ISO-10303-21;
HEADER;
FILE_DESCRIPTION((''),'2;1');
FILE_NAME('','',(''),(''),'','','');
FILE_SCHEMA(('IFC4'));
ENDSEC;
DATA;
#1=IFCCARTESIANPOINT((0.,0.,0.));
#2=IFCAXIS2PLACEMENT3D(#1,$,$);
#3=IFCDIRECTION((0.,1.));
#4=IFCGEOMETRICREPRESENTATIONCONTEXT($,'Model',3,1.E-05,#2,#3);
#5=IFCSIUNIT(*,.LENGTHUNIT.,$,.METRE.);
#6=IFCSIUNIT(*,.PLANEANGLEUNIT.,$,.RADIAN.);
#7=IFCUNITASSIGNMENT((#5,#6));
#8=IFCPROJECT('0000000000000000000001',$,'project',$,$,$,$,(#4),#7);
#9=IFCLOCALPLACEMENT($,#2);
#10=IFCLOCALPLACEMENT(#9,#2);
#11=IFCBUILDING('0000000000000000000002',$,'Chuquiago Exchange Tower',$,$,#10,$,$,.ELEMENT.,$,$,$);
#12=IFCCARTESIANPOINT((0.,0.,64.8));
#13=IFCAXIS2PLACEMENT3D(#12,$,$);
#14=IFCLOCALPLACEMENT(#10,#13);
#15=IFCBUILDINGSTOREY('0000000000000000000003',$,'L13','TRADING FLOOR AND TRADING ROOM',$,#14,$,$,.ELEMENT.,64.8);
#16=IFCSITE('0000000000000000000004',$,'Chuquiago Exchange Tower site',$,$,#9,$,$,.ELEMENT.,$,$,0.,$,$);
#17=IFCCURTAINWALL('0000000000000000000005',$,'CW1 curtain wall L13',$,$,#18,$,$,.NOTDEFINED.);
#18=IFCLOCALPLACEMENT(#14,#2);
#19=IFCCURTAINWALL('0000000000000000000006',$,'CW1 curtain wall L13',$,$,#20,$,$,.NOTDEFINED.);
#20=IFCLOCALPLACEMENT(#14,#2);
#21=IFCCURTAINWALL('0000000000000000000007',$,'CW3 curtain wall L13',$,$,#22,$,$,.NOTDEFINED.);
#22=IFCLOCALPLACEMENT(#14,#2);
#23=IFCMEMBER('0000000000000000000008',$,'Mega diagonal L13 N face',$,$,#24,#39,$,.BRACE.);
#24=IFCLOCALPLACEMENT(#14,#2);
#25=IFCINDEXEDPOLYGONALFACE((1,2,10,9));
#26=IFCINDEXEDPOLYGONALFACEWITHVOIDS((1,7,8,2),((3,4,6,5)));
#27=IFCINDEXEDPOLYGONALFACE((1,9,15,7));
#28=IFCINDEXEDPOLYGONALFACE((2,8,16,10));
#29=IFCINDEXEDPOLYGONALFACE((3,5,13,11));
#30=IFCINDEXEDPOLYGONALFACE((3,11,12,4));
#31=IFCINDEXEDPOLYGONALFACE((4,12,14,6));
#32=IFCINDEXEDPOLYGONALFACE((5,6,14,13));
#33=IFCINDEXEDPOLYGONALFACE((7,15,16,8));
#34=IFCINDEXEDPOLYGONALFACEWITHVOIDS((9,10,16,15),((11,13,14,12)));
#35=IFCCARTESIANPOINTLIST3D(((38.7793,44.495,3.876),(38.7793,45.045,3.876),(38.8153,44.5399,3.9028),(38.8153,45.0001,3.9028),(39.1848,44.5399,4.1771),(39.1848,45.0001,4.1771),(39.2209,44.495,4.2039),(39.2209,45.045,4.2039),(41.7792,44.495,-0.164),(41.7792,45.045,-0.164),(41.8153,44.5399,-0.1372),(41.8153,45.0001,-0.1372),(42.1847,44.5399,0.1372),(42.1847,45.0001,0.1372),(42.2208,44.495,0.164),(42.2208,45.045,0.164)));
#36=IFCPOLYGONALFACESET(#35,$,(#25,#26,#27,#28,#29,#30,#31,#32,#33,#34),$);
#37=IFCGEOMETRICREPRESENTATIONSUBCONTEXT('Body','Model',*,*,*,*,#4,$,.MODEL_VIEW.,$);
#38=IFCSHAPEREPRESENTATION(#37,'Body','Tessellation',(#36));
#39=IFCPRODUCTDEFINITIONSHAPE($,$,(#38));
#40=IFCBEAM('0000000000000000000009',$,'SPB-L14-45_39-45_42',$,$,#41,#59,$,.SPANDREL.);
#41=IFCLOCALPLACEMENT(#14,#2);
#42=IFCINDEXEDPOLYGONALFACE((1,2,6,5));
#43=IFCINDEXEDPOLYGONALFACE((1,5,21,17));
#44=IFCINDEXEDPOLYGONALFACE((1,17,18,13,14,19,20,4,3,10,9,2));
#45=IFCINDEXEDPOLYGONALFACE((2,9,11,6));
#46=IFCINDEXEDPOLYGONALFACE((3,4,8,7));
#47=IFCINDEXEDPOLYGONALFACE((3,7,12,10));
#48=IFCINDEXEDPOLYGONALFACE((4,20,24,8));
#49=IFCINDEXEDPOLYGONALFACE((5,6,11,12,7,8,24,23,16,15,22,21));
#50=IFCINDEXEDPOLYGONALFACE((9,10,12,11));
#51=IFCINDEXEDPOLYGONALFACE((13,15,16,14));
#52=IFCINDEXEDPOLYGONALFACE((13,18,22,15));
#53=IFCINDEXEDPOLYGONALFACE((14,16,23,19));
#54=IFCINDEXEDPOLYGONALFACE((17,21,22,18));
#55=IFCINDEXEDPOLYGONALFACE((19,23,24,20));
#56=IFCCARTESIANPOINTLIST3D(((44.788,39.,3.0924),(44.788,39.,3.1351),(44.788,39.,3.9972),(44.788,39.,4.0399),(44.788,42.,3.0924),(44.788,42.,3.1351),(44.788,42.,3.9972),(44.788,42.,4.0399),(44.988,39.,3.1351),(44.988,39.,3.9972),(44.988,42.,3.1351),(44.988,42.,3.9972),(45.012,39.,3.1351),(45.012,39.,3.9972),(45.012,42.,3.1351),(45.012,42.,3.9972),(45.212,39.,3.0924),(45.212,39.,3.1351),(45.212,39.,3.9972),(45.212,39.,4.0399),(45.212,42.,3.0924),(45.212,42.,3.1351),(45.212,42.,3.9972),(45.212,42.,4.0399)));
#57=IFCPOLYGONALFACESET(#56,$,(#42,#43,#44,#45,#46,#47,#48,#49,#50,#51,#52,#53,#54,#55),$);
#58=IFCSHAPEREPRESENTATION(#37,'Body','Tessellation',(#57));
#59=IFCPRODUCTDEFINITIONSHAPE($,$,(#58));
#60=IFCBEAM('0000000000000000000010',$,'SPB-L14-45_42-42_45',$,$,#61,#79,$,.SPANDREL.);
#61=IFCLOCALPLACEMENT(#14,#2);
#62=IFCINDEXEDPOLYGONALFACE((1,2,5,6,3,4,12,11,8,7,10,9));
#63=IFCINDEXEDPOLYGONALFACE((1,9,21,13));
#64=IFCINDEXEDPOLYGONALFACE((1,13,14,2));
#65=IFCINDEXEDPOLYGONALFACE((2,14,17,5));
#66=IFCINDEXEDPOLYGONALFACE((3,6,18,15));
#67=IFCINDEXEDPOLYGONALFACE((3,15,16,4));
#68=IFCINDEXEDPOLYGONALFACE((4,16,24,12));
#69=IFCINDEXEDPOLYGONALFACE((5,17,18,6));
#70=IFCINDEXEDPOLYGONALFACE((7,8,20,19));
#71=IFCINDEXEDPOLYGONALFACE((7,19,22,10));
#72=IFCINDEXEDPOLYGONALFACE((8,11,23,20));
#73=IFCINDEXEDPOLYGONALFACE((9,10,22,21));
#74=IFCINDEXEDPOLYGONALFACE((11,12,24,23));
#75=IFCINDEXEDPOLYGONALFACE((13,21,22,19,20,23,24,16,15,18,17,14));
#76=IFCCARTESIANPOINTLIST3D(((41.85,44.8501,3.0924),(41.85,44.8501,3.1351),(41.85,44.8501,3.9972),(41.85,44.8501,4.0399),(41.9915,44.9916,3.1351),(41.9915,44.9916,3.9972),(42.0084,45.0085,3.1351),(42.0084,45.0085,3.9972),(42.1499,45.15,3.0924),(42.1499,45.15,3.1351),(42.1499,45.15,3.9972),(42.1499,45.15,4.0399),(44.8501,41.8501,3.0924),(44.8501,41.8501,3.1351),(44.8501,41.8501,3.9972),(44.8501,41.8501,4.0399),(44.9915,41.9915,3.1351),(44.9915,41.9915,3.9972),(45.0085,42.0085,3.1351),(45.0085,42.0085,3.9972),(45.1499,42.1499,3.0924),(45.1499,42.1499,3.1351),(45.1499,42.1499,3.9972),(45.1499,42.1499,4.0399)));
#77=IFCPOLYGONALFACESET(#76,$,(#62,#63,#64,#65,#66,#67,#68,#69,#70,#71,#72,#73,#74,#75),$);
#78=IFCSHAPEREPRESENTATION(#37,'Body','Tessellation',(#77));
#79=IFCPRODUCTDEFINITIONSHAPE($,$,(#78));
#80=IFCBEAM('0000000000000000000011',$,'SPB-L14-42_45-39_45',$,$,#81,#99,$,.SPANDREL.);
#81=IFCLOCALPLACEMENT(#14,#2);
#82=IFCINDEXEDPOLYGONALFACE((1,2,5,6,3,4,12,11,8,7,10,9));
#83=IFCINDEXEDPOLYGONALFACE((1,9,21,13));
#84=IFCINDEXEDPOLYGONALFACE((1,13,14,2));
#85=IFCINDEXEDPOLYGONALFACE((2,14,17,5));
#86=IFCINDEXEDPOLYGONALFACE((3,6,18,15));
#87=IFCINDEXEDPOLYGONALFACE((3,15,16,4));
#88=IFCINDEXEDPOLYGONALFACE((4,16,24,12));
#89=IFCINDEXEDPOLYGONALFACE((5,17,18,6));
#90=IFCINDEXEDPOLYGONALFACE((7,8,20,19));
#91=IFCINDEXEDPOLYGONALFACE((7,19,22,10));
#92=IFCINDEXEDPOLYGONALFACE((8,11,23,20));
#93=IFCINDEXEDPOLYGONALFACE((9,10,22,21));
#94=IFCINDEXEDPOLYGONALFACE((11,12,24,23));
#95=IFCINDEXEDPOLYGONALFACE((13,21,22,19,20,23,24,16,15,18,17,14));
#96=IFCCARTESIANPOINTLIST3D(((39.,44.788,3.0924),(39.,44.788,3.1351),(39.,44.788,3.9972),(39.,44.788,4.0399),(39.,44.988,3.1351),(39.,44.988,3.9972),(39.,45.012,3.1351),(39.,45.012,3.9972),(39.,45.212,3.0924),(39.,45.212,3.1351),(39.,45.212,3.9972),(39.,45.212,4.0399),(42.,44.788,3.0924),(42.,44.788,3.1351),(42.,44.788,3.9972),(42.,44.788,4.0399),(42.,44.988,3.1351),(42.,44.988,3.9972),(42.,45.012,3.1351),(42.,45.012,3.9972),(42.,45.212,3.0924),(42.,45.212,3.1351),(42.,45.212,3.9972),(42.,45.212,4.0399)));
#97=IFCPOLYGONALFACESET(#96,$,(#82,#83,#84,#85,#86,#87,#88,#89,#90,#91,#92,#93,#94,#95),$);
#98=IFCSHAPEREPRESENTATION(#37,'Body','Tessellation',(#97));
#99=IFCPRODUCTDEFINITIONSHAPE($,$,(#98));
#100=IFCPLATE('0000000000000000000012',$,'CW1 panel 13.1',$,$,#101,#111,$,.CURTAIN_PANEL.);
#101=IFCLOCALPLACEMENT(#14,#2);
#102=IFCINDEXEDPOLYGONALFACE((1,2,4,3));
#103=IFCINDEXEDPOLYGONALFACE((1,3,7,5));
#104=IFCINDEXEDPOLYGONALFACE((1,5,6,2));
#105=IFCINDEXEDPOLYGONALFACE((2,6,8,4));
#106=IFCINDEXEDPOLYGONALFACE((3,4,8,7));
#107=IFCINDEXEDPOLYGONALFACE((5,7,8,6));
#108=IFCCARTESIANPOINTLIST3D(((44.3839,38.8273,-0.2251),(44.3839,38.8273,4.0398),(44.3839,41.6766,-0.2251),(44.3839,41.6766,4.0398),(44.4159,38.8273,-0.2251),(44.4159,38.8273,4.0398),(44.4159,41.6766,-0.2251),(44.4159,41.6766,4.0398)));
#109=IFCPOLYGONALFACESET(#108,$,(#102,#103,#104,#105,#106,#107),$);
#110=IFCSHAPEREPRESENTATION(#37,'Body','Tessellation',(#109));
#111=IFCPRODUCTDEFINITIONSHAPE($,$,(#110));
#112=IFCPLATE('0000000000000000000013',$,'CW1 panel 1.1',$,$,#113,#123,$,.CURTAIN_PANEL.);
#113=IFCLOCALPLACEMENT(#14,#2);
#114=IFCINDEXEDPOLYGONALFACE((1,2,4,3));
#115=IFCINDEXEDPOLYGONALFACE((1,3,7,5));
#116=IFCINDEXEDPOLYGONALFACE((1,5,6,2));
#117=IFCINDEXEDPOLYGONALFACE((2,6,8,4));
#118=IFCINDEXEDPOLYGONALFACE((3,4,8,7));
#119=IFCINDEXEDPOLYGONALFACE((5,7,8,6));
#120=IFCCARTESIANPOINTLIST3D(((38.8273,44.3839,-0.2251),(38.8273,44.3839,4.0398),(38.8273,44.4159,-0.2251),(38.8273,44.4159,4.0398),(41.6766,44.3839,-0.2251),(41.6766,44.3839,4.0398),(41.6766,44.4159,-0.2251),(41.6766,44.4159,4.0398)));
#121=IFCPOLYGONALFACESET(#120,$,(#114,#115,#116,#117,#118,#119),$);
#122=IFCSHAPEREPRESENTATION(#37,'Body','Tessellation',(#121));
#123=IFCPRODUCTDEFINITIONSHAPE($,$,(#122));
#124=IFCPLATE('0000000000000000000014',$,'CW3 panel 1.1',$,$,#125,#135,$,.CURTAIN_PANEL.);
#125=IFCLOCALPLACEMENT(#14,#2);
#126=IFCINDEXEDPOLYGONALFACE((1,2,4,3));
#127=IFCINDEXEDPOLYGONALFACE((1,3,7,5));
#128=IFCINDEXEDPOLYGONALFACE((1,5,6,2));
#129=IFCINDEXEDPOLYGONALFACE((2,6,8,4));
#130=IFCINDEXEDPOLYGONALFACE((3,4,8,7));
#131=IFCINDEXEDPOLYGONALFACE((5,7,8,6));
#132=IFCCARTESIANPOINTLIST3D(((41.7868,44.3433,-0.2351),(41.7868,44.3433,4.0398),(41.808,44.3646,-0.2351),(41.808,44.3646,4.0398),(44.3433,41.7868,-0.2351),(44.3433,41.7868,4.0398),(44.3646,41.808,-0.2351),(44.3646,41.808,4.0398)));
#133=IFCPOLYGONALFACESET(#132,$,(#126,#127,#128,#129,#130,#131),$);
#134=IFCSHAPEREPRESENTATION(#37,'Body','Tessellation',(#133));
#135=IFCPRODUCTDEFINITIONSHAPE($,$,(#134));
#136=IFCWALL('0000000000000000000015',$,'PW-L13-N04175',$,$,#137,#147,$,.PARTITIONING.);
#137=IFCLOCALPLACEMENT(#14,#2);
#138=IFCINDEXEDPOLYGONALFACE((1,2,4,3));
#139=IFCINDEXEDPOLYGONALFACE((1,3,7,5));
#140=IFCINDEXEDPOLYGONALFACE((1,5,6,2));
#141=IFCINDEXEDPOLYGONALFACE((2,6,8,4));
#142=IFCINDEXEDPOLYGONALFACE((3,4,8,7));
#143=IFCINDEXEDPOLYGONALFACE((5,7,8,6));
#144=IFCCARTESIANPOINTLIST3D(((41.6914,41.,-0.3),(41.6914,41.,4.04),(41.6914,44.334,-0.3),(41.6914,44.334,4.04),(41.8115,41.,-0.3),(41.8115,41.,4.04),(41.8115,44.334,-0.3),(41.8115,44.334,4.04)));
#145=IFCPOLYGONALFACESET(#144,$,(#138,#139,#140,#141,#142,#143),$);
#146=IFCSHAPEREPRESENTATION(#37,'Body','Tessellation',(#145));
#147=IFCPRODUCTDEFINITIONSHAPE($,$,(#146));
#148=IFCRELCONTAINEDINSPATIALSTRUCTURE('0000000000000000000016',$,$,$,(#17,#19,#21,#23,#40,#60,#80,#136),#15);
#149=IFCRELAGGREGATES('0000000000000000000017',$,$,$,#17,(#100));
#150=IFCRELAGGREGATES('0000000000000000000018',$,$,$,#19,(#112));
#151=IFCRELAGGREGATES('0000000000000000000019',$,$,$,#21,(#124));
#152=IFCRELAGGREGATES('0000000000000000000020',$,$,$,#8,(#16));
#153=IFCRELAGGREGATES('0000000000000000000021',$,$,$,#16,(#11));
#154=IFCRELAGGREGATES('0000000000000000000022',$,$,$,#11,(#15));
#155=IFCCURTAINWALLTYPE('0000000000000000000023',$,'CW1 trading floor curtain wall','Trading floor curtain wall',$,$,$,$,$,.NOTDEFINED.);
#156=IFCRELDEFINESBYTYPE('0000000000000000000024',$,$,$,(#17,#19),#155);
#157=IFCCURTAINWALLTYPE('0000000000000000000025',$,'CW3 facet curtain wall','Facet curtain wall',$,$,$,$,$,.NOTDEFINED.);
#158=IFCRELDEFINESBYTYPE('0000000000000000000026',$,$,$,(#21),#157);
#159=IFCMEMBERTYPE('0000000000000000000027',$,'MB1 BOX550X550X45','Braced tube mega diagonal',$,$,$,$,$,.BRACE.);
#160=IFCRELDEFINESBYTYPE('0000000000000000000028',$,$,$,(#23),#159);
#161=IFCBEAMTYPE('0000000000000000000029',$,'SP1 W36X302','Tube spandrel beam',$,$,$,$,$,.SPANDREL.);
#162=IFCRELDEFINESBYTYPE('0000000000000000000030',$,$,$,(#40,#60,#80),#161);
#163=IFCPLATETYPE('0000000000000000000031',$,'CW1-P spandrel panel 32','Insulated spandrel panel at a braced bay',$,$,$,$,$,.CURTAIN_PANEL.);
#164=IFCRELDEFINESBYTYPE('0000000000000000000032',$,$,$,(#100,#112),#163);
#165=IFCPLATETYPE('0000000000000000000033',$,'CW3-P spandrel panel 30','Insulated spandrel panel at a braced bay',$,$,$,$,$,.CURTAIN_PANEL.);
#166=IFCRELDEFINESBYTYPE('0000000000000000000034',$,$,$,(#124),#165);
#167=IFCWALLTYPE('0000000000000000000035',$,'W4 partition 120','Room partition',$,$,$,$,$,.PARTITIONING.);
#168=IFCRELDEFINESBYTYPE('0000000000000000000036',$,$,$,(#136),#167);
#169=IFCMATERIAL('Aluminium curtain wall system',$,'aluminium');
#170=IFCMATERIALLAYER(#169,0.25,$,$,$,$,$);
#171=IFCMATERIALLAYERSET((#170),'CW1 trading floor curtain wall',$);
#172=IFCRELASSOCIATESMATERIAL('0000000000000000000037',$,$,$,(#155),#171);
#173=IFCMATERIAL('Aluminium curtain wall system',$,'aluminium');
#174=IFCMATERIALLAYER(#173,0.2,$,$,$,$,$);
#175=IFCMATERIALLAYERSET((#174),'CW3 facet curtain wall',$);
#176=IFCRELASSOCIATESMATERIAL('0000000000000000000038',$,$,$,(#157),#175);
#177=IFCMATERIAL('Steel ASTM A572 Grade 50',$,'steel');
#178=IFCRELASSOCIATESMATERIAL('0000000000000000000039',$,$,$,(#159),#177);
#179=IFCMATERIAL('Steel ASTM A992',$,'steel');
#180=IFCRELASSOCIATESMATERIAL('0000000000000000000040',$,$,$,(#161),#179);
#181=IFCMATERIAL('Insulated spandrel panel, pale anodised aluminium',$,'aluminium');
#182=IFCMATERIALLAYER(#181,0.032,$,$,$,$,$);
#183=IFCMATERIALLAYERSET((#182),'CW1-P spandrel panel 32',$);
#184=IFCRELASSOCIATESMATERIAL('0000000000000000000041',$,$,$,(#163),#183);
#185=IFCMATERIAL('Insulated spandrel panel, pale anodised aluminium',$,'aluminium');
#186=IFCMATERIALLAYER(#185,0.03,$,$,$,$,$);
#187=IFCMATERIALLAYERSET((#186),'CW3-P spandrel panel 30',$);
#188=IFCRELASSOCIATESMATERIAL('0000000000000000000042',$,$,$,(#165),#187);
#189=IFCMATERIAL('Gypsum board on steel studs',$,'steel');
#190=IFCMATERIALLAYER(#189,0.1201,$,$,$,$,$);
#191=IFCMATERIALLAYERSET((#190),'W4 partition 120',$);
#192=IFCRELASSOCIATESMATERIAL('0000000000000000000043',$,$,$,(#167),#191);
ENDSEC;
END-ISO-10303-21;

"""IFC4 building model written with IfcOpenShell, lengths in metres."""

from ifc_helpers import new_model, si_unit, direction, frame, frame_2d, origin, origin_2d, place, context, subcontext, project, spatial, rectangle, hollow_rectangle, i_section, extrude, material, layer, layer_set, material_profile, profile_set, type_object, element, aggregate, save


model = new_model("IFC4")

# Units and contexts
model_context = context("Model", 3, precision=1e-05, world=origin(), true_north=direction((0.0, 1.0)))
body_context = subcontext(model_context, "Body", "Model", "MODEL_VIEW")
ifc_project = project(units=[si_unit("LENGTHUNIT", "METRE"), si_unit("PLANEANGLEUNIT", "RADIAN")], contexts=[model_context])

# Site, building, storey
site_placement = place(None, origin())
site = spatial("IfcSite", under=ifc_project, at=site_placement, Name="Chuquiago Exchange Tower site", CompositionType="ELEMENT", RefElevation=0.0)
building_placement = place(site_placement, origin())
building = spatial("IfcBuilding", under=site, at=building_placement, Name="Chuquiago Exchange Tower", CompositionType="ELEMENT")
storey_placement = place(building_placement, frame((0.0, 0.0, 64.8)))
storey = spatial("IfcBuildingStorey", under=building, at=storey_placement, Name="L13", Description="TRADING FLOOR AND TRADING ROOM", CompositionType="ELEMENT", Elevation=64.8)

# Curtain wall
ifc_material_1 = material(Name="Aluminium curtain wall system", Category="aluminium")
ifc_layer_1 = layer(ifc_material_1, 0.25)
ifc_layer_set_1 = layer_set([ifc_layer_1], Name="CW1 trading floor curtain wall")
curtain_wall_type_1 = type_object("IfcCurtainWallType", Name="CW1 trading floor curtain wall", Description="Trading floor curtain wall", PredefinedType="NOTDEFINED", material=ifc_layer_set_1)
curtain_wall_1_placement = place(storey_placement, origin())
curtain_wall_1 = element("IfcCurtainWall", 1, at=curtain_wall_1_placement, inside=storey, type_object=curtain_wall_type_1, Name="CW1 curtain wall L13", PredefinedType="NOTDEFINED")

# Curtain walls
curtain_wall_2_placement = place(storey_placement, origin())
curtain_wall_2 = element("IfcCurtainWall", 2, at=curtain_wall_2_placement, inside=storey, type_object=curtain_wall_type_1, Name="CW1 curtain wall L13", PredefinedType="NOTDEFINED")
ifc_material_2 = material(Name="Aluminium curtain wall system", Category="aluminium")
ifc_layer_2 = layer(ifc_material_2, 0.2)
ifc_layer_set_2 = layer_set([ifc_layer_2], Name="CW3 facet curtain wall")
curtain_wall_type_2 = type_object("IfcCurtainWallType", Name="CW3 facet curtain wall", Description="Facet curtain wall", PredefinedType="NOTDEFINED", material=ifc_layer_set_2)
curtain_wall_3_placement = place(storey_placement, origin())
curtain_wall_3 = element("IfcCurtainWall", 3, at=curtain_wall_3_placement, inside=storey, type_object=curtain_wall_type_2, Name="CW3 curtain wall L13", PredefinedType="NOTDEFINED")

# Member
ifc_material_3 = material(Name="Steel ASTM A572 Grade 50", Category="steel")
ifc_material_profile_1 = material_profile(ifc_material_3, hollow_rectangle(XDim=0.55, YDim=0.55, WallThickness=0.0449, at=origin_2d()), Name="BOX550X550X45")
ifc_profile_set_1 = profile_set([ifc_material_profile_1], Name="Steel ASTM A572 Grade 50")
member_type_1 = type_object("IfcMemberType", Name="MB1 BOX550X550X45", Description="Braced tube mega diagonal", PredefinedType="BRACE", material=ifc_profile_set_1)
for number, where, z_axis, x_axis, name in (
    (4, (42.0, 44.77, 0.0), (-0.596174, 0.0, 0.802855), (0.0, -1.0, 0.0), "Mega diagonal L13 N face"),
):
    element("IfcMember", number, at=place(storey_placement, frame(where, z_axis=z_axis, x_axis=x_axis)), inside=storey, type_object=member_type_1, Name=name, PredefinedType="BRACE", context=body_context, shape_type="SweptSolid", body=[
        extrude(hollow_rectangle(XDim=0.55, YDim=0.55, WallThickness=0.0449, at=origin_2d()), origin(), (0.0, 0.0, 1.0), 5.032),
    ])

# Beams
ifc_material_4 = material(Name="Steel ASTM A992", Category="steel")
ifc_material_profile_2 = material_profile(ifc_material_4, i_section(OverallWidth=0.4241, OverallDepth=0.9475, WebThickness=0.0239, FlangeThickness=0.0427, at=origin_2d()), Name="W36X302")
ifc_profile_set_2 = profile_set([ifc_material_profile_2], Name="Steel ASTM A992")
beam_type = type_object("IfcBeamType", Name="SP1 W36X302", Description="Tube spandrel beam", PredefinedType="SPANDREL", material=ifc_profile_set_2)
beam_1_placement = place(storey_placement, frame((45.0, 39.0, 3.5662), z_axis=(0.0, 1.0, 0.0), x_axis=(-1.0, 0.0, 0.0)))
element("IfcBeam", 5, at=beam_1_placement, inside=storey, type_object=beam_type, Name="SPB-L14-45_39-45_42", PredefinedType="SPANDREL", context=body_context, shape_type="SweptSolid", body=[
    extrude(i_section(OverallWidth=0.4241, OverallDepth=0.9475, WebThickness=0.0239, FlangeThickness=0.0427, at=origin_2d()), origin(), (0.0, 0.0, 1.0), 3.0),
])
beam_2_placement = place(storey_placement, frame((45.0, 42.0, 3.5662), z_axis=(-0.707107, 0.707107, 0.0), x_axis=(-0.707107, -0.707107, 0.0)))
element("IfcBeam", 6, at=beam_2_placement, inside=storey, type_object=beam_type, Name="SPB-L14-45_42-42_45", PredefinedType="SPANDREL", context=body_context, shape_type="SweptSolid", body=[
    extrude(i_section(OverallWidth=0.4241, OverallDepth=0.9475, WebThickness=0.0239, FlangeThickness=0.0427, at=origin_2d()), origin(), (0.0, 0.0, 1.0), 4.2427),
])
beam_3_placement = place(storey_placement, frame((42.0, 45.0, 3.5662), z_axis=(-1.0, 0.0, 0.0), x_axis=(0.0, -1.0, 0.0)))
element("IfcBeam", 7, at=beam_3_placement, inside=storey, type_object=beam_type, Name="SPB-L14-42_45-39_45", PredefinedType="SPANDREL", context=body_context, shape_type="SweptSolid", body=[
    extrude(i_section(OverallWidth=0.4241, OverallDepth=0.9475, WebThickness=0.0239, FlangeThickness=0.0427, at=origin_2d()), origin(), (0.0, 0.0, 1.0), 3.0),
])

# Plates
ifc_material_5 = material(Name="Insulated spandrel panel, pale anodised aluminium", Category="aluminium")
ifc_layer_3 = layer(ifc_material_5, 0.032)
ifc_layer_set_3 = layer_set([ifc_layer_3], Name="CW1-P spandrel panel 32")
plate_type_1 = type_object("IfcPlateType", Name="CW1-P spandrel panel 32", Description="Insulated spandrel panel at a braced bay", PredefinedType="CURTAIN_PANEL", material=ifc_layer_set_3)
plate_1_placement = place(storey_placement, frame((44.3999, 40.252, -0.2251), z_axis=(0.0, 0.0, 1.0), x_axis=(0.0, 1.0, 0.0)))
plate_1 = element("IfcPlate", 8, at=plate_1_placement, type_object=plate_type_1, Name="CW1 panel 13.1", PredefinedType="CURTAIN_PANEL", context=body_context, shape_type="SweptSolid", body=[
    extrude(rectangle(XDim=2.8494, YDim=0.032, at=origin_2d()), origin(), (0.0, 0.0, 1.0), 4.2649),
])
aggregate(curtain_wall_1, [plate_1])
plate_2_placement = place(storey_placement, frame((40.252, 44.3999, -0.2251), z_axis=(0.0, 0.0, 1.0), x_axis=(-1.0, 0.0, 0.0)))
plate_2 = element("IfcPlate", 9, at=plate_2_placement, type_object=plate_type_1, Name="CW1 panel 1.1", PredefinedType="CURTAIN_PANEL", context=body_context, shape_type="SweptSolid", body=[
    extrude(rectangle(XDim=2.8494, YDim=0.032, at=origin_2d()), origin(), (0.0, 0.0, 1.0), 4.2649),
])
aggregate(curtain_wall_2, [plate_2])
ifc_material_6 = material(Name="Insulated spandrel panel, pale anodised aluminium", Category="aluminium")
ifc_layer_4 = layer(ifc_material_6, 0.03)
ifc_layer_set_4 = layer_set([ifc_layer_4], Name="CW3-P spandrel panel 30")
plate_type_2 = type_object("IfcPlateType", Name="CW3-P spandrel panel 30", Description="Insulated spandrel panel at a braced bay", PredefinedType="CURTAIN_PANEL", material=ifc_layer_set_4)
plate_3_placement = place(storey_placement, frame((43.0757, 43.0757, -0.2351), z_axis=(0.0, 0.0, 1.0), x_axis=(-0.707107, 0.707107, 0.0)))
plate_3 = element("IfcPlate", 10, at=plate_3_placement, type_object=plate_type_2, Name="CW3 panel 1.1", PredefinedType="CURTAIN_PANEL", context=body_context, shape_type="SweptSolid", body=[
    extrude(rectangle(XDim=3.6155, YDim=0.03, at=origin_2d()), origin(), (0.0, 0.0, 1.0), 4.2749),
])
aggregate(curtain_wall_3, [plate_3])

# Wall
ifc_material_7 = material(Name="Gypsum board on steel studs", Category="steel")
ifc_layer_5 = layer(ifc_material_7, 0.1201)
ifc_layer_set_5 = layer_set([ifc_layer_5], Name="W4 partition 120")
wall_type = type_object("IfcWallType", Name="W4 partition 120", Description="Room partition", PredefinedType="PARTITIONING", material=ifc_layer_set_5)
wall_placement = place(storey_placement, frame((41.7515, 44.334, -0.3), z_axis=(0.0, 0.0, 1.0), x_axis=(0.0, -1.0, 0.0)))
element("IfcWall", 11, at=wall_placement, inside=storey, type_object=wall_type, Name="PW-L13-N04175", PredefinedType="PARTITIONING", context=body_context, shape_type="SweptSolid", body=[
    extrude(rectangle(XDim=3.334, YDim=0.1201, at=frame_2d((1.667, 0.0))), origin(), (0.0, 0.0, 1.0), 4.3401),
])

save(model, "model.ifc")
